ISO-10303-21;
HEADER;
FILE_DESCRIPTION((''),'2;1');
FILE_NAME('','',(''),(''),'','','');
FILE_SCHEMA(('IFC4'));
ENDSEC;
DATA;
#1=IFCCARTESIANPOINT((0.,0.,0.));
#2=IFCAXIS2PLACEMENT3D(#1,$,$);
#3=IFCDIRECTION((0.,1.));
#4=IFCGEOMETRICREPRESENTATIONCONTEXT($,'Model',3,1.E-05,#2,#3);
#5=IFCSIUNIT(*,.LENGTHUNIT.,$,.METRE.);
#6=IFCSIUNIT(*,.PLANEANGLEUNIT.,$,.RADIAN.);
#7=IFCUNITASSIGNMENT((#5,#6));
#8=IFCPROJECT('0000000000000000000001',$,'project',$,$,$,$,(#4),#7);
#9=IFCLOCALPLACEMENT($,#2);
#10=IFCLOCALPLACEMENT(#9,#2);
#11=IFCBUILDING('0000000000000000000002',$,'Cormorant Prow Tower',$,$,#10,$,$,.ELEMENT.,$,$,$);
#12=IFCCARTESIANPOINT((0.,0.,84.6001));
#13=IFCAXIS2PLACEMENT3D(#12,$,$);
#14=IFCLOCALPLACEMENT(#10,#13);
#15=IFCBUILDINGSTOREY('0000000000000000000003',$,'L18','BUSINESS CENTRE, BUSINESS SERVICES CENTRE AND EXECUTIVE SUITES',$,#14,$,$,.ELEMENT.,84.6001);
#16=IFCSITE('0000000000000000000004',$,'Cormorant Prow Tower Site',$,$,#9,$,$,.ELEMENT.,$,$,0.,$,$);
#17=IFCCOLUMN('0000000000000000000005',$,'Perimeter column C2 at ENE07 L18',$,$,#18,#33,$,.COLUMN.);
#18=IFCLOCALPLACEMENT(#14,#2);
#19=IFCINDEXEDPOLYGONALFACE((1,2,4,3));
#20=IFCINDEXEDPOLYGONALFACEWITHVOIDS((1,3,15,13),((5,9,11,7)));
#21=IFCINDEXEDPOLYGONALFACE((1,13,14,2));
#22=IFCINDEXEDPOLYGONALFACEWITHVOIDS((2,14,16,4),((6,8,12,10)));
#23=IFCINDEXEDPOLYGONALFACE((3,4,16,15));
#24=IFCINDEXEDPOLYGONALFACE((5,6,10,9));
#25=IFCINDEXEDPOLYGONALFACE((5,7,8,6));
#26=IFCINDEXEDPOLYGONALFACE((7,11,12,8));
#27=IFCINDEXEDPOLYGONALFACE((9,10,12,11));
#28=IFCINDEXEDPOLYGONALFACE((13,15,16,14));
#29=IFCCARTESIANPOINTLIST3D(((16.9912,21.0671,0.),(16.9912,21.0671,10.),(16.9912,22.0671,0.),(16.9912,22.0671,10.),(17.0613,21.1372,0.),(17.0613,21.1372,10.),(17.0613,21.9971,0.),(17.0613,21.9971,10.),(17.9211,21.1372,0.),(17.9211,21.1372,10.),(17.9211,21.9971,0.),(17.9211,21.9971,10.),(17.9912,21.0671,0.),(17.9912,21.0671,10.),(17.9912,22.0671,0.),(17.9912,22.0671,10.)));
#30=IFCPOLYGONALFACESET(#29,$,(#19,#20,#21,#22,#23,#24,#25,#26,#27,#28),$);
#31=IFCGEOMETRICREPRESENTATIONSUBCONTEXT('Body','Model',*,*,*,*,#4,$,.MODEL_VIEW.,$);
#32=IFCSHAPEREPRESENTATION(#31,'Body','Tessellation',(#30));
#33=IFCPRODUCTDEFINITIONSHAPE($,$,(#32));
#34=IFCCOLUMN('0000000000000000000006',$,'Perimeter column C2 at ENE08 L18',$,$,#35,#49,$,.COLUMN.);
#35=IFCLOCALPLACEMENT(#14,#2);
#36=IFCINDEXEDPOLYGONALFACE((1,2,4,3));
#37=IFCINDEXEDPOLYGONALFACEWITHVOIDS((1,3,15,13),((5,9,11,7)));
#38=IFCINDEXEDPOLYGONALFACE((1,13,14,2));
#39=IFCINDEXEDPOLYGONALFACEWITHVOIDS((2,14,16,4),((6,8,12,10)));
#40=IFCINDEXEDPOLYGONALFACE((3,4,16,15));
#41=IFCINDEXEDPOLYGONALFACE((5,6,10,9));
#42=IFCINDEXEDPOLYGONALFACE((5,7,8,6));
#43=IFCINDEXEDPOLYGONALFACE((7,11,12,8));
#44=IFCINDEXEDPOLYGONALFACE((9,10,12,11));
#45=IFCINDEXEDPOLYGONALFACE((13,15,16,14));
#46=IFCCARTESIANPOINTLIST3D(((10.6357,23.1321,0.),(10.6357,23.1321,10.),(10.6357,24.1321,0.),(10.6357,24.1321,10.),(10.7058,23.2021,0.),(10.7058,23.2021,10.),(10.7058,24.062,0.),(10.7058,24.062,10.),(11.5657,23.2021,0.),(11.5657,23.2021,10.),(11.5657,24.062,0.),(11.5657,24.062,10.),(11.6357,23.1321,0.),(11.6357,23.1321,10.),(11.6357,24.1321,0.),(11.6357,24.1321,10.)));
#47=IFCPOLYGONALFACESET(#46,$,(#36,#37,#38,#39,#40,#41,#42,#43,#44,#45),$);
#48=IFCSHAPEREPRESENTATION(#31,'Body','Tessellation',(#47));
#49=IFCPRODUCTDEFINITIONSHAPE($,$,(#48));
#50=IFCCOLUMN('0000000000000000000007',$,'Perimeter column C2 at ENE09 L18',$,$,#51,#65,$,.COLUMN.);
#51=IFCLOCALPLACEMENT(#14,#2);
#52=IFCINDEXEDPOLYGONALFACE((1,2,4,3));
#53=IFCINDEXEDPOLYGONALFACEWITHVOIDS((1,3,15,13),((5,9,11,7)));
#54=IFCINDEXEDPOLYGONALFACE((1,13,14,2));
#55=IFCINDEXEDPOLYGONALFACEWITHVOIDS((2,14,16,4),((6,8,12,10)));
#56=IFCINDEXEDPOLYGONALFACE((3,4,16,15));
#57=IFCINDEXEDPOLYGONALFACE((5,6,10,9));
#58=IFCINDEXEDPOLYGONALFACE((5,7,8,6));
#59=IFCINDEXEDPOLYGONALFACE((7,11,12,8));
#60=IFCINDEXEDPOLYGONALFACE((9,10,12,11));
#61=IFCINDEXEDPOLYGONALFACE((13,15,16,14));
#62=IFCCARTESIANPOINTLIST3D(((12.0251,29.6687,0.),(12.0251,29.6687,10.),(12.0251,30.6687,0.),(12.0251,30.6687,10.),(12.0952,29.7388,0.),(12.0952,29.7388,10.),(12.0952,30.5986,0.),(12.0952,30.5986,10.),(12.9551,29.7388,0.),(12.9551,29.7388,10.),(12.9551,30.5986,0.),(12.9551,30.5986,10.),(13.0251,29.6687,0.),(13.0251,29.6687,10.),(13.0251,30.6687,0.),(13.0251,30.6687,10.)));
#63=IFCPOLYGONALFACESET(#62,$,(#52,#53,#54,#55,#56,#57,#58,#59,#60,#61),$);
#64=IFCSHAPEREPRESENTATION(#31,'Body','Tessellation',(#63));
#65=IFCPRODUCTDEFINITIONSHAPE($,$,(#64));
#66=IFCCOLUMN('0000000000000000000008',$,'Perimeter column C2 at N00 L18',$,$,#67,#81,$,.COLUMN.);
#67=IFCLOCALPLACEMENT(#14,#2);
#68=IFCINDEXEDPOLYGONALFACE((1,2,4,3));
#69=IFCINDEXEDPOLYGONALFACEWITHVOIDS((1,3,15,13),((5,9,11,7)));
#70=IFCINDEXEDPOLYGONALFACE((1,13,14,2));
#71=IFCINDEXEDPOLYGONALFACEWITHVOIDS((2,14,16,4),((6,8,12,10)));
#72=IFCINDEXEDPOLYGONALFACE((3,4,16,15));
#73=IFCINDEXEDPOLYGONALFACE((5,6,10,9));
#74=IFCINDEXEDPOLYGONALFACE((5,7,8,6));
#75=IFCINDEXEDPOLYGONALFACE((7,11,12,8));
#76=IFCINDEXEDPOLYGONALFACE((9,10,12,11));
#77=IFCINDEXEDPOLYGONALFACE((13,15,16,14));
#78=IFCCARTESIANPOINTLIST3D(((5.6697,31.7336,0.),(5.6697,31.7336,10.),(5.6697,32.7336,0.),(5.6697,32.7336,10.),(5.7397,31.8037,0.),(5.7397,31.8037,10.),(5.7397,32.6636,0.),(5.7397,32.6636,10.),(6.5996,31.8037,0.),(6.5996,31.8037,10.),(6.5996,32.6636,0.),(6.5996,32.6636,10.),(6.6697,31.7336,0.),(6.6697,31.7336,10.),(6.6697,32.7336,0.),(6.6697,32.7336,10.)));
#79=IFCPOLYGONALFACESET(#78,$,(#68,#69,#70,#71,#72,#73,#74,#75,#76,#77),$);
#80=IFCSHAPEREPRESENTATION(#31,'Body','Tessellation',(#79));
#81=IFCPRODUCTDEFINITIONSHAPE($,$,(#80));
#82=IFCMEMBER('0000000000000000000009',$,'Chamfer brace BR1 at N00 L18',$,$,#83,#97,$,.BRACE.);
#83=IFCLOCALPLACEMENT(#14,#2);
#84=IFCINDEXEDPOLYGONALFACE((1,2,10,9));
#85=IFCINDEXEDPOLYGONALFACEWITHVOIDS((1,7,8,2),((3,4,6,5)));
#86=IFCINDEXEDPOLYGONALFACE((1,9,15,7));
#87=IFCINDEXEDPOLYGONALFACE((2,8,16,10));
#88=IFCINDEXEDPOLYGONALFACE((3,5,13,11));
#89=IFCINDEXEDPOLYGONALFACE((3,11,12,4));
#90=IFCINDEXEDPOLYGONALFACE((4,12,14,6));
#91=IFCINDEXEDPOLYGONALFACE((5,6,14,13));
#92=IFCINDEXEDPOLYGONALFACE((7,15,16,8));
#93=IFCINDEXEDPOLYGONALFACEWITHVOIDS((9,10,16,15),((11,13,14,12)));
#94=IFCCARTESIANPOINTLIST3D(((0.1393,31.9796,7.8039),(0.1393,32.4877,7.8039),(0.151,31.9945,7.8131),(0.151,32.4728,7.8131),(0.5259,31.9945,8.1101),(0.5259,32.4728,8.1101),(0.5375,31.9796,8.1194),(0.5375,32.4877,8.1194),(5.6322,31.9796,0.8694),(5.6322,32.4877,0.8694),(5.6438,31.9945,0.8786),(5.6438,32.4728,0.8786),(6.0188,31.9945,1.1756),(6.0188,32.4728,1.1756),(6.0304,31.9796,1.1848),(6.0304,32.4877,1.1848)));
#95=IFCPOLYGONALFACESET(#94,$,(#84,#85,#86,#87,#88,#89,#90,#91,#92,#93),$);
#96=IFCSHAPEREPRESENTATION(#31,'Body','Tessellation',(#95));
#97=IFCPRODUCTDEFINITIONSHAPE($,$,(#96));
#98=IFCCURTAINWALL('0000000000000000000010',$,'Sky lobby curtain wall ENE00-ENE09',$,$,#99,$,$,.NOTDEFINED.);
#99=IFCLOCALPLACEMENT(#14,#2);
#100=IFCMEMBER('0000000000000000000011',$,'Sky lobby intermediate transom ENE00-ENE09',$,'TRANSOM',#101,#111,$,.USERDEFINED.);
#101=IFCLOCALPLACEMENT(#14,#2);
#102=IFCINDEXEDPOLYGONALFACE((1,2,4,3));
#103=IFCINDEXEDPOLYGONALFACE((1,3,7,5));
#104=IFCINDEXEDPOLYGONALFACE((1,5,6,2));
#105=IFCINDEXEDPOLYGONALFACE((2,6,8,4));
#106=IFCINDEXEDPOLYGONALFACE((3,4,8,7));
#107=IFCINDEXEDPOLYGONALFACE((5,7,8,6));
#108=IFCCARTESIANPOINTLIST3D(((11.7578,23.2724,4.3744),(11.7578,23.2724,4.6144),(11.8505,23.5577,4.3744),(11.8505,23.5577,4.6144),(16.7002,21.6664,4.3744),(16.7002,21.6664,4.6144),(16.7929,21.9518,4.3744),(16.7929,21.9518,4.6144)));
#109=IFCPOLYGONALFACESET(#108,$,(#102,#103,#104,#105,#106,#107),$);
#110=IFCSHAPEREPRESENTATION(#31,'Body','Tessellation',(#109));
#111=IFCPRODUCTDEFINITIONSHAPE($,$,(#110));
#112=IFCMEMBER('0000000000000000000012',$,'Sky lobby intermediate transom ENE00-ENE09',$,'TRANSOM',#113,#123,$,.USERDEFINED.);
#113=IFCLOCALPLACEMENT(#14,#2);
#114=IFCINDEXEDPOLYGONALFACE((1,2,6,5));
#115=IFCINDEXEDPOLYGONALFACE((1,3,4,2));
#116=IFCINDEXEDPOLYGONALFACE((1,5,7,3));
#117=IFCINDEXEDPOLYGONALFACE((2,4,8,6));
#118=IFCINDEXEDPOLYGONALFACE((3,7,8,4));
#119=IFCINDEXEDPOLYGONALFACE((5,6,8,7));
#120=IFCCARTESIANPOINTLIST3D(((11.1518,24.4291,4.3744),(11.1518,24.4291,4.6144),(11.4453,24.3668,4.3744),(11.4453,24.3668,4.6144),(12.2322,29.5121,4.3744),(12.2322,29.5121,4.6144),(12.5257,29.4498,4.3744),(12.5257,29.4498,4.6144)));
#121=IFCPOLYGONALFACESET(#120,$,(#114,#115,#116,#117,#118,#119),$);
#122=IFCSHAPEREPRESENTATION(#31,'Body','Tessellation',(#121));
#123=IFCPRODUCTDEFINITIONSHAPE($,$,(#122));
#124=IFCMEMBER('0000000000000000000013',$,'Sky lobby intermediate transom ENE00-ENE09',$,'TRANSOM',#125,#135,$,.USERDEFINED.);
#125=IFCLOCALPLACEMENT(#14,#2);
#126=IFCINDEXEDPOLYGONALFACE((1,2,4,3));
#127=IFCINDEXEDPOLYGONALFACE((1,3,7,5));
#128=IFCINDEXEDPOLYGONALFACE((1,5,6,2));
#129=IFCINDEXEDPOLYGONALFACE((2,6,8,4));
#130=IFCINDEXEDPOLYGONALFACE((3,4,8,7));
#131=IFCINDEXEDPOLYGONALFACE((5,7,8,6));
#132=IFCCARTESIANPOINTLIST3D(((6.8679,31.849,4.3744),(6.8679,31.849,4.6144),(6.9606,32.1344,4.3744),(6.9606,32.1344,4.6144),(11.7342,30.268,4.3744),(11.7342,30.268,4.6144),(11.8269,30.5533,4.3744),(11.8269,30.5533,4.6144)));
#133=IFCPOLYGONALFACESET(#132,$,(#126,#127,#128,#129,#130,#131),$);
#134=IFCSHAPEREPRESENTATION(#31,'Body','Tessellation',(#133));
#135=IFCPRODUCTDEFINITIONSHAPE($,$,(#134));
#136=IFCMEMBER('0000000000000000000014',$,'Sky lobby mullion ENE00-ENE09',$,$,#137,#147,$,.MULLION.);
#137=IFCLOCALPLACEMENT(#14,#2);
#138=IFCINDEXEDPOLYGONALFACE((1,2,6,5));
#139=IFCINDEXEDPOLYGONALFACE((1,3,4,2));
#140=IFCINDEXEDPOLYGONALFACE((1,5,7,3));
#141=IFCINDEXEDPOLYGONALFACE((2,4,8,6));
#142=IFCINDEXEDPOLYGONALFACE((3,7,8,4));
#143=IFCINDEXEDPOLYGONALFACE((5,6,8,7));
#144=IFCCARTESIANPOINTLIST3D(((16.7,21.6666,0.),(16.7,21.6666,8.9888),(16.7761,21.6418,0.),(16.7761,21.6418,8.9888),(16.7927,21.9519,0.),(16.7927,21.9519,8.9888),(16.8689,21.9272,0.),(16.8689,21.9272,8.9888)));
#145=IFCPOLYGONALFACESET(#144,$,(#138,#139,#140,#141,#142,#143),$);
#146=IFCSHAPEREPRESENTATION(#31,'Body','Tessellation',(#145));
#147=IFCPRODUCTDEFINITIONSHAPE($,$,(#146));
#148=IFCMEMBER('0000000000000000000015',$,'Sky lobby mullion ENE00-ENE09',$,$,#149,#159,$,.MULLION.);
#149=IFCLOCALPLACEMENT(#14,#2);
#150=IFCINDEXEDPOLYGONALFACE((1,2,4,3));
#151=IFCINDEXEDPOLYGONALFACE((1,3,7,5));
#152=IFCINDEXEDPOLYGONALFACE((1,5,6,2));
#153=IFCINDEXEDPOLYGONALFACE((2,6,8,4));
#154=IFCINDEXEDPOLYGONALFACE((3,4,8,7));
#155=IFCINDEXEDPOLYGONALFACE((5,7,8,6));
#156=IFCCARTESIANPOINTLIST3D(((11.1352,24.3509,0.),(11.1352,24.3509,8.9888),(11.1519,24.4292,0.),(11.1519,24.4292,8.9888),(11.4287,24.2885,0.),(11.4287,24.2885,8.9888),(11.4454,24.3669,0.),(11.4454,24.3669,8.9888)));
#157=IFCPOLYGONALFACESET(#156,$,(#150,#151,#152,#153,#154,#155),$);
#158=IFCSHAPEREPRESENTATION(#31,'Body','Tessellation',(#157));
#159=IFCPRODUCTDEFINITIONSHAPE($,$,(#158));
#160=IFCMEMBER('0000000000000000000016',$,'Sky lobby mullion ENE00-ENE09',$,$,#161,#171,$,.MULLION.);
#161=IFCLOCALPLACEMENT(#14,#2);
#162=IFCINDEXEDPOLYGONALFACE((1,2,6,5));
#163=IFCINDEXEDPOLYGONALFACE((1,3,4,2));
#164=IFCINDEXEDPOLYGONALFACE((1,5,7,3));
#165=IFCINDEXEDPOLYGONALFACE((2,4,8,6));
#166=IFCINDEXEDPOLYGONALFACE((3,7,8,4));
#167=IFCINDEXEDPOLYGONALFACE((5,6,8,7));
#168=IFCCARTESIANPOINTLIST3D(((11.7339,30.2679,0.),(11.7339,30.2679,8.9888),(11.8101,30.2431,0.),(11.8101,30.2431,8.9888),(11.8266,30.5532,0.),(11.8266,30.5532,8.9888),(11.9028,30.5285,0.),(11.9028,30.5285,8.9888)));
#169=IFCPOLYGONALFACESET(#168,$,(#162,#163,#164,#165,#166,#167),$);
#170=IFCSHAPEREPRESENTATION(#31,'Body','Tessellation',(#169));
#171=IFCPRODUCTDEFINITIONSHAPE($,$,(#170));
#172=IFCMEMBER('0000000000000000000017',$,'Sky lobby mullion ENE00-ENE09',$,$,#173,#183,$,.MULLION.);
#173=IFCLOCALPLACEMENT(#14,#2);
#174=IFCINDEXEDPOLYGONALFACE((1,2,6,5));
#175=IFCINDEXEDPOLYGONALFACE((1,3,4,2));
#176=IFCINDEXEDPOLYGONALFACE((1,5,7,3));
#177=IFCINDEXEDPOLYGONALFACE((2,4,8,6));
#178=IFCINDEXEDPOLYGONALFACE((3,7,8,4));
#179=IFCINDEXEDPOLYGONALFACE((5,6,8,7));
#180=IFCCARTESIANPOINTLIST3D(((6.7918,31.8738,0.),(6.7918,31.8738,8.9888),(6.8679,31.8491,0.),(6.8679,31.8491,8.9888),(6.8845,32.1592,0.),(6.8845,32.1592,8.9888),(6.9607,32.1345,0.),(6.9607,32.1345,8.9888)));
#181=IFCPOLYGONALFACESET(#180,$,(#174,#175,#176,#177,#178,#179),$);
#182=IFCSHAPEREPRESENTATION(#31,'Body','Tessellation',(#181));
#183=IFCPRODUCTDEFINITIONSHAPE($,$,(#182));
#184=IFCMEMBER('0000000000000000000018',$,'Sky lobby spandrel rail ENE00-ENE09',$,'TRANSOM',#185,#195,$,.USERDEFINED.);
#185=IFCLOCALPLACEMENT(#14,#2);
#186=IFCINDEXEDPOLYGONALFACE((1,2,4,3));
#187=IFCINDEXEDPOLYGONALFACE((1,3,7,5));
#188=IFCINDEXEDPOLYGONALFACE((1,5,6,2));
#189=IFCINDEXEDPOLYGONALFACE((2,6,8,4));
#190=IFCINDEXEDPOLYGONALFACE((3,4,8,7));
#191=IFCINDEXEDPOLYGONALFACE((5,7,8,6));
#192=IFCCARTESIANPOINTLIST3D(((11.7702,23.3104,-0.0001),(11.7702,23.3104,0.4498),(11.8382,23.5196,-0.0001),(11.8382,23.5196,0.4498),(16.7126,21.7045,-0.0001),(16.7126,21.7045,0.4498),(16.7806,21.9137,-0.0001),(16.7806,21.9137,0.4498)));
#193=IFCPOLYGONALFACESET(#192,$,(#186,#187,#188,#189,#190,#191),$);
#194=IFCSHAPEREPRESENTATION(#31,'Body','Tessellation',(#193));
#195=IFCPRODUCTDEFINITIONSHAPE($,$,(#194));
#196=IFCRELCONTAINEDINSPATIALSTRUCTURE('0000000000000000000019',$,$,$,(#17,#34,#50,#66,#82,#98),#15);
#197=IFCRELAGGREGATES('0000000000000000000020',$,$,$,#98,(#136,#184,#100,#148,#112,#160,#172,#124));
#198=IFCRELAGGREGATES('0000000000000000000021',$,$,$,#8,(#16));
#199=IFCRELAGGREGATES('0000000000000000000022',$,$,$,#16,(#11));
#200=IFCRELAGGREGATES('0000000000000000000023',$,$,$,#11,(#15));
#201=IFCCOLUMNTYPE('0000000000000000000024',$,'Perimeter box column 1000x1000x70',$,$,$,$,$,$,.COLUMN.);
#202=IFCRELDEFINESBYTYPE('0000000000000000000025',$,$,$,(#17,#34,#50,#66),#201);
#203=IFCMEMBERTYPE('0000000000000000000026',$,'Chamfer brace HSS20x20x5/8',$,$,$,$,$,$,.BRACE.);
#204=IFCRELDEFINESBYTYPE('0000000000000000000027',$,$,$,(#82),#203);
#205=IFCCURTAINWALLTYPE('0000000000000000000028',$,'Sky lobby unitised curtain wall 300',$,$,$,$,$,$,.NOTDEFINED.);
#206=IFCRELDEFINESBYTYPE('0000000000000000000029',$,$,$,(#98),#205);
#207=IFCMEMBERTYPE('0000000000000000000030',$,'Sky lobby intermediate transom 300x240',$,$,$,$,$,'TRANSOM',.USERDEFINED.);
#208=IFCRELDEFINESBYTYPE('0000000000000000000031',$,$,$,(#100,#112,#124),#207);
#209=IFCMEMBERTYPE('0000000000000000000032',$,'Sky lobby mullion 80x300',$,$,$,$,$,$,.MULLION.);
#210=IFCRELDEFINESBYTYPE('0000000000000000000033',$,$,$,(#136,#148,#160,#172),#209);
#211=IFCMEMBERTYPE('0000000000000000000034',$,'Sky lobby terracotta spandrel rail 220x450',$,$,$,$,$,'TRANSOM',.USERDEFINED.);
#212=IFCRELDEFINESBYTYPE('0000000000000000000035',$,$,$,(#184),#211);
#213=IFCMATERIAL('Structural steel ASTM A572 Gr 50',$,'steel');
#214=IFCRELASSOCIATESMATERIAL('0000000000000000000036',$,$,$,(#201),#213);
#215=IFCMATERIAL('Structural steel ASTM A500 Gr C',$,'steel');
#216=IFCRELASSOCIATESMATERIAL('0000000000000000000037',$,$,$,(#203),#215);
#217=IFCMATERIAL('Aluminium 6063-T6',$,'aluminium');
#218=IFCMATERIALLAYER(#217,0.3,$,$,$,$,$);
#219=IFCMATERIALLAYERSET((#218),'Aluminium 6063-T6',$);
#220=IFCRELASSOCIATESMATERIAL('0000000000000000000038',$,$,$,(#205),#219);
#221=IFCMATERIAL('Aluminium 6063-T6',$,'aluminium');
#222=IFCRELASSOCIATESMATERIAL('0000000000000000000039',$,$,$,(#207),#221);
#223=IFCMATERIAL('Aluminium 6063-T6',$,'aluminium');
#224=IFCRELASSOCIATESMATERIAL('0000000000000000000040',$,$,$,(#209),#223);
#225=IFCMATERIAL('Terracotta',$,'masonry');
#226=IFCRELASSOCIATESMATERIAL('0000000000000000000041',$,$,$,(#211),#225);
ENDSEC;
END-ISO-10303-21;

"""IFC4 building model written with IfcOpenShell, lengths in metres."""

from ifc_helpers import new_model, si_unit, direction, frame, origin, origin_2d, place, context, subcontext, project, spatial, rectangle, hollow_rectangle, extrude, material, layer, layer_set, material_profile, profile_set, type_object, element, aggregate, save


model = new_model("IFC4")

# Units and contexts
model_context = context("Model", 3, precision=1e-05, world=origin(), true_north=direction((0.0, 1.0)))
body_context = subcontext(model_context, "Body", "Model", "MODEL_VIEW")
ifc_project = project(units=[si_unit("LENGTHUNIT", "METRE"), si_unit("PLANEANGLEUNIT", "RADIAN")], contexts=[model_context])

# Site, building, storey
site_placement = place(None, origin())
site = spatial("IfcSite", under=ifc_project, at=site_placement, Name="Cormorant Prow Tower Site", CompositionType="ELEMENT", RefElevation=0.0)
building_placement = place(site_placement, origin())
building = spatial("IfcBuilding", under=site, at=building_placement, Name="Cormorant Prow Tower", CompositionType="ELEMENT")
storey_placement = place(building_placement, frame((0.0, 0.0, 84.6001)))
storey = spatial("IfcBuildingStorey", under=building, at=storey_placement, Name="L18", Description="BUSINESS CENTRE, BUSINESS SERVICES CENTRE AND EXECUTIVE SUITES", CompositionType="ELEMENT", Elevation=84.6001)

# Columns
ifc_material_1 = material(Name="Structural steel ASTM A572 Gr 50", Category="steel")
ifc_material_profile_1 = material_profile(ifc_material_1, hollow_rectangle(XDim=1.0, YDim=1.0, WallThickness=0.0701, at=origin_2d()), Name="Box 1000x1000x70")
ifc_profile_set_1 = profile_set([ifc_material_profile_1], Name="Structural steel ASTM A572 Gr 50")
column_type = type_object("IfcColumnType", Name="Perimeter box column 1000x1000x70", PredefinedType="COLUMN", material=ifc_profile_set_1)
for number, where, z_axis, x_axis, name in (
    (1, (17.4912, 21.5671, 0.0), (0.0, 0.0, 1.0), (1.0, 0.0, 0.0), "Perimeter column C2 at ENE07 L18"),
    (2, (11.1357, 23.6321, 0.0), (0.0, 0.0, 1.0), (1.0, 0.0, 0.0), "Perimeter column C2 at ENE08 L18"),
    (3, (12.5251, 30.1687, 0.0), (0.0, 0.0, 1.0), (1.0, 0.0, 0.0), "Perimeter column C2 at ENE09 L18"),
    (4, (6.1697, 32.2336, 0.0), (0.0, 0.0, 1.0), (1.0, 0.0, 0.0), "Perimeter column C2 at N00 L18"),
):
    element("IfcColumn", number, at=place(storey_placement, frame(where, z_axis=z_axis, x_axis=x_axis)), inside=storey, type_object=column_type, Name=name, PredefinedType="COLUMN", context=body_context, shape_type="SweptSolid", body=[
        extrude(hollow_rectangle(XDim=1.0, YDim=1.0, WallThickness=0.0701, at=origin_2d()), origin(), (0.0, 0.0, 1.0), 10.0),
    ])

# Member
ifc_material_2 = material(Name="Structural steel ASTM A500 Gr C", Category="steel")
ifc_material_profile_2 = material_profile(ifc_material_2, hollow_rectangle(XDim=0.5081, YDim=0.5081, WallThickness=0.0149, at=origin_2d()), Name="HSS20x20x5/8")
ifc_profile_set_2 = profile_set([ifc_material_profile_2], Name="Structural steel ASTM A500 Gr C")
member_type_1 = type_object("IfcMemberType", Name="Chamfer brace HSS20x20x5/8", PredefinedType="BRACE", material=ifc_profile_set_2)
member_1_placement = place(storey_placement, frame((5.8313, 32.2336, 1.0271), z_axis=(-0.620915, 0.0, 0.783878), x_axis=(0.0, -1.0, 0.0)))
element("IfcMember", 5, at=member_1_placement, inside=storey, type_object=member_type_1, Name="Chamfer brace BR1 at N00 L18", PredefinedType="BRACE", context=body_context, shape_type="SweptSolid", body=[
    extrude(hollow_rectangle(XDim=0.5081, YDim=0.5081, WallThickness=0.0149, at=origin_2d()), origin(), (0.0, 0.0, 1.0), 8.8464),
])

# Curtain wall, members
ifc_material_3 = material(Name="Aluminium 6063-T6", Category="aluminium")
ifc_layer_1 = layer(ifc_material_3, 0.3)
ifc_layer_set_1 = layer_set([ifc_layer_1], Name="Aluminium 6063-T6")
curtain_wall_type = type_object("IfcCurtainWallType", Name="Sky lobby unitised curtain wall 300", PredefinedType="NOTDEFINED", material=ifc_layer_set_1)
curtain_wall_placement = place(storey_placement, origin())
curtain_wall = element("IfcCurtainWall", 6, at=curtain_wall_placement, inside=storey, type_object=curtain_wall_type, Name="Sky lobby curtain wall ENE00-ENE09", PredefinedType="NOTDEFINED")
ifc_material_4 = material(Name="Aluminium 6063-T6", Category="aluminium")
ifc_material_profile_3 = material_profile(ifc_material_4, rectangle(XDim=0.3, YDim=0.24, at=origin_2d()), Name="Sky lobby intermediate transom 300x240")
ifc_profile_set_3 = profile_set([ifc_material_profile_3], Name="Aluminium 6063-T6")
member_type_2 = type_object("IfcMemberType", Name="Sky lobby intermediate transom 300x240", ElementType="TRANSOM", PredefinedType="USERDEFINED", material=ifc_profile_set_3)
member_2_placement = place(storey_placement, frame((16.7466, 21.8091, 4.4944), z_axis=(-0.951052, 0.309031, 0.0), x_axis=(-0.309031, -0.951052, 0.0)))
member_2 = element("IfcMember", 7, at=member_2_placement, type_object=member_type_2, Name="Sky lobby intermediate transom ENE00-ENE09", ObjectType="TRANSOM", PredefinedType="USERDEFINED", context=body_context, shape_type="SweptSolid", body=[
    extrude(rectangle(XDim=0.3, YDim=0.24, at=origin_2d()), origin(), (0.0, 0.0, 1.0), 5.1968),
])
member_3_placement = place(storey_placement, frame((11.2986, 24.3979, 4.4944), z_axis=(0.207892, 0.978152, 0.0), x_axis=(-0.978152, 0.207892, 0.0)))
member_3 = element("IfcMember", 8, at=member_3_placement, type_object=member_type_2, Name="Sky lobby intermediate transom ENE00-ENE09", ObjectType="TRANSOM", PredefinedType="USERDEFINED", context=body_context, shape_type="SweptSolid", body=[
    extrude(rectangle(XDim=0.3, YDim=0.24, at=origin_2d()), origin(), (0.0, 0.0, 1.0), 5.1965),
])
member_4_placement = place(storey_placement, frame((11.7805, 30.4106, 4.4944), z_axis=(-0.951061, 0.309004, 0.0), x_axis=(-0.309004, -0.951061, 0.0)))
member_4 = element("IfcMember", 9, at=member_4_placement, type_object=member_type_2, Name="Sky lobby intermediate transom ENE00-ENE09", ObjectType="TRANSOM", PredefinedType="USERDEFINED", context=body_context, shape_type="SweptSolid", body=[
    extrude(rectangle(XDim=0.3, YDim=0.24, at=origin_2d()), origin(), (0.0, 0.0, 1.0), 5.1167),
])
ifc_material_5 = material(Name="Aluminium 6063-T6", Category="aluminium")
ifc_material_profile_4 = material_profile(ifc_material_5, rectangle(XDim=0.3, YDim=0.0801, at=origin_2d()), Name="Sky lobby mullion 80x300")
ifc_profile_set_4 = profile_set([ifc_material_profile_4], Name="Aluminium 6063-T6")
member_type_3 = type_object("IfcMemberType", Name="Sky lobby mullion 80x300", PredefinedType="MULLION", material=ifc_profile_set_4)
member_5_placement = place(storey_placement, frame((16.7844, 21.7969, 0.0), z_axis=(0.0, 0.0, 1.0), x_axis=(-0.309017, -0.951057, 0.0)))
member_5 = element("IfcMember", 10, at=member_5_placement, type_object=member_type_3, Name="Sky lobby mullion ENE00-ENE09", PredefinedType="MULLION", context=body_context, shape_type="SweptSolid", body=[
    extrude(rectangle(XDim=0.3, YDim=0.0801, at=origin_2d()), origin(), (0.0, 0.0, 1.0), 8.9888),
])
member_6_placement = place(storey_placement, frame((11.2903, 24.3589, 0.0), z_axis=(0.0, 0.0, 1.0), x_axis=(-0.978148, 0.207912, 0.0)))
member_6 = element("IfcMember", 11, at=member_6_placement, type_object=member_type_3, Name="Sky lobby mullion ENE00-ENE09", PredefinedType="MULLION", context=body_context, shape_type="SweptSolid", body=[
    extrude(rectangle(XDim=0.3, YDim=0.0801, at=origin_2d()), origin(), (0.0, 0.0, 1.0), 8.9888),
])
member_7_placement = place(storey_placement, frame((11.8184, 30.3982, 0.0), z_axis=(0.0, 0.0, 1.0), x_axis=(-0.309017, -0.951057, 0.0)))
member_7 = element("IfcMember", 12, at=member_7_placement, type_object=member_type_3, Name="Sky lobby mullion ENE00-ENE09", PredefinedType="MULLION", context=body_context, shape_type="SweptSolid", body=[
    extrude(rectangle(XDim=0.3, YDim=0.0801, at=origin_2d()), origin(), (0.0, 0.0, 1.0), 8.9888),
])
member_8_placement = place(storey_placement, frame((6.8762, 32.0042, 0.0), z_axis=(0.0, 0.0, 1.0), x_axis=(-0.309017, -0.951057, 0.0)))
member_8 = element("IfcMember", 13, at=member_8_placement, type_object=member_type_3, Name="Sky lobby mullion ENE00-ENE09", PredefinedType="MULLION", context=body_context, shape_type="SweptSolid", body=[
    extrude(rectangle(XDim=0.3, YDim=0.0801, at=origin_2d()), origin(), (0.0, 0.0, 1.0), 8.9888),
])
ifc_material_6 = material(Name="Terracotta", Category="masonry")
ifc_material_profile_5 = material_profile(ifc_material_6, rectangle(XDim=0.22, YDim=0.45, at=origin_2d()), Name="Sky lobby terracotta spandrel rail 220x450")
ifc_profile_set_5 = profile_set([ifc_material_profile_5], Name="Terracotta")
member_type_4 = type_object("IfcMemberType", Name="Sky lobby terracotta spandrel rail 220x450", ElementType="TRANSOM", PredefinedType="USERDEFINED", material=ifc_profile_set_5)
member_9_placement = place(storey_placement, frame((16.7466, 21.8091, 0.2249), z_axis=(-0.951052, 0.309031, 0.0), x_axis=(-0.309031, -0.951052, 0.0)))
member_9 = element("IfcMember", 14, at=member_9_placement, type_object=member_type_4, Name="Sky lobby spandrel rail ENE00-ENE09", ObjectType="TRANSOM", PredefinedType="USERDEFINED", context=body_context, shape_type="SweptSolid", body=[
    extrude(rectangle(XDim=0.22, YDim=0.45, at=origin_2d()), origin(), (0.0, 0.0, 1.0), 5.1968),
])

aggregate(curtain_wall, [member_5, member_9, member_2, member_6, member_3, member_7, member_8, member_4])

save(model, "model.ifc")
